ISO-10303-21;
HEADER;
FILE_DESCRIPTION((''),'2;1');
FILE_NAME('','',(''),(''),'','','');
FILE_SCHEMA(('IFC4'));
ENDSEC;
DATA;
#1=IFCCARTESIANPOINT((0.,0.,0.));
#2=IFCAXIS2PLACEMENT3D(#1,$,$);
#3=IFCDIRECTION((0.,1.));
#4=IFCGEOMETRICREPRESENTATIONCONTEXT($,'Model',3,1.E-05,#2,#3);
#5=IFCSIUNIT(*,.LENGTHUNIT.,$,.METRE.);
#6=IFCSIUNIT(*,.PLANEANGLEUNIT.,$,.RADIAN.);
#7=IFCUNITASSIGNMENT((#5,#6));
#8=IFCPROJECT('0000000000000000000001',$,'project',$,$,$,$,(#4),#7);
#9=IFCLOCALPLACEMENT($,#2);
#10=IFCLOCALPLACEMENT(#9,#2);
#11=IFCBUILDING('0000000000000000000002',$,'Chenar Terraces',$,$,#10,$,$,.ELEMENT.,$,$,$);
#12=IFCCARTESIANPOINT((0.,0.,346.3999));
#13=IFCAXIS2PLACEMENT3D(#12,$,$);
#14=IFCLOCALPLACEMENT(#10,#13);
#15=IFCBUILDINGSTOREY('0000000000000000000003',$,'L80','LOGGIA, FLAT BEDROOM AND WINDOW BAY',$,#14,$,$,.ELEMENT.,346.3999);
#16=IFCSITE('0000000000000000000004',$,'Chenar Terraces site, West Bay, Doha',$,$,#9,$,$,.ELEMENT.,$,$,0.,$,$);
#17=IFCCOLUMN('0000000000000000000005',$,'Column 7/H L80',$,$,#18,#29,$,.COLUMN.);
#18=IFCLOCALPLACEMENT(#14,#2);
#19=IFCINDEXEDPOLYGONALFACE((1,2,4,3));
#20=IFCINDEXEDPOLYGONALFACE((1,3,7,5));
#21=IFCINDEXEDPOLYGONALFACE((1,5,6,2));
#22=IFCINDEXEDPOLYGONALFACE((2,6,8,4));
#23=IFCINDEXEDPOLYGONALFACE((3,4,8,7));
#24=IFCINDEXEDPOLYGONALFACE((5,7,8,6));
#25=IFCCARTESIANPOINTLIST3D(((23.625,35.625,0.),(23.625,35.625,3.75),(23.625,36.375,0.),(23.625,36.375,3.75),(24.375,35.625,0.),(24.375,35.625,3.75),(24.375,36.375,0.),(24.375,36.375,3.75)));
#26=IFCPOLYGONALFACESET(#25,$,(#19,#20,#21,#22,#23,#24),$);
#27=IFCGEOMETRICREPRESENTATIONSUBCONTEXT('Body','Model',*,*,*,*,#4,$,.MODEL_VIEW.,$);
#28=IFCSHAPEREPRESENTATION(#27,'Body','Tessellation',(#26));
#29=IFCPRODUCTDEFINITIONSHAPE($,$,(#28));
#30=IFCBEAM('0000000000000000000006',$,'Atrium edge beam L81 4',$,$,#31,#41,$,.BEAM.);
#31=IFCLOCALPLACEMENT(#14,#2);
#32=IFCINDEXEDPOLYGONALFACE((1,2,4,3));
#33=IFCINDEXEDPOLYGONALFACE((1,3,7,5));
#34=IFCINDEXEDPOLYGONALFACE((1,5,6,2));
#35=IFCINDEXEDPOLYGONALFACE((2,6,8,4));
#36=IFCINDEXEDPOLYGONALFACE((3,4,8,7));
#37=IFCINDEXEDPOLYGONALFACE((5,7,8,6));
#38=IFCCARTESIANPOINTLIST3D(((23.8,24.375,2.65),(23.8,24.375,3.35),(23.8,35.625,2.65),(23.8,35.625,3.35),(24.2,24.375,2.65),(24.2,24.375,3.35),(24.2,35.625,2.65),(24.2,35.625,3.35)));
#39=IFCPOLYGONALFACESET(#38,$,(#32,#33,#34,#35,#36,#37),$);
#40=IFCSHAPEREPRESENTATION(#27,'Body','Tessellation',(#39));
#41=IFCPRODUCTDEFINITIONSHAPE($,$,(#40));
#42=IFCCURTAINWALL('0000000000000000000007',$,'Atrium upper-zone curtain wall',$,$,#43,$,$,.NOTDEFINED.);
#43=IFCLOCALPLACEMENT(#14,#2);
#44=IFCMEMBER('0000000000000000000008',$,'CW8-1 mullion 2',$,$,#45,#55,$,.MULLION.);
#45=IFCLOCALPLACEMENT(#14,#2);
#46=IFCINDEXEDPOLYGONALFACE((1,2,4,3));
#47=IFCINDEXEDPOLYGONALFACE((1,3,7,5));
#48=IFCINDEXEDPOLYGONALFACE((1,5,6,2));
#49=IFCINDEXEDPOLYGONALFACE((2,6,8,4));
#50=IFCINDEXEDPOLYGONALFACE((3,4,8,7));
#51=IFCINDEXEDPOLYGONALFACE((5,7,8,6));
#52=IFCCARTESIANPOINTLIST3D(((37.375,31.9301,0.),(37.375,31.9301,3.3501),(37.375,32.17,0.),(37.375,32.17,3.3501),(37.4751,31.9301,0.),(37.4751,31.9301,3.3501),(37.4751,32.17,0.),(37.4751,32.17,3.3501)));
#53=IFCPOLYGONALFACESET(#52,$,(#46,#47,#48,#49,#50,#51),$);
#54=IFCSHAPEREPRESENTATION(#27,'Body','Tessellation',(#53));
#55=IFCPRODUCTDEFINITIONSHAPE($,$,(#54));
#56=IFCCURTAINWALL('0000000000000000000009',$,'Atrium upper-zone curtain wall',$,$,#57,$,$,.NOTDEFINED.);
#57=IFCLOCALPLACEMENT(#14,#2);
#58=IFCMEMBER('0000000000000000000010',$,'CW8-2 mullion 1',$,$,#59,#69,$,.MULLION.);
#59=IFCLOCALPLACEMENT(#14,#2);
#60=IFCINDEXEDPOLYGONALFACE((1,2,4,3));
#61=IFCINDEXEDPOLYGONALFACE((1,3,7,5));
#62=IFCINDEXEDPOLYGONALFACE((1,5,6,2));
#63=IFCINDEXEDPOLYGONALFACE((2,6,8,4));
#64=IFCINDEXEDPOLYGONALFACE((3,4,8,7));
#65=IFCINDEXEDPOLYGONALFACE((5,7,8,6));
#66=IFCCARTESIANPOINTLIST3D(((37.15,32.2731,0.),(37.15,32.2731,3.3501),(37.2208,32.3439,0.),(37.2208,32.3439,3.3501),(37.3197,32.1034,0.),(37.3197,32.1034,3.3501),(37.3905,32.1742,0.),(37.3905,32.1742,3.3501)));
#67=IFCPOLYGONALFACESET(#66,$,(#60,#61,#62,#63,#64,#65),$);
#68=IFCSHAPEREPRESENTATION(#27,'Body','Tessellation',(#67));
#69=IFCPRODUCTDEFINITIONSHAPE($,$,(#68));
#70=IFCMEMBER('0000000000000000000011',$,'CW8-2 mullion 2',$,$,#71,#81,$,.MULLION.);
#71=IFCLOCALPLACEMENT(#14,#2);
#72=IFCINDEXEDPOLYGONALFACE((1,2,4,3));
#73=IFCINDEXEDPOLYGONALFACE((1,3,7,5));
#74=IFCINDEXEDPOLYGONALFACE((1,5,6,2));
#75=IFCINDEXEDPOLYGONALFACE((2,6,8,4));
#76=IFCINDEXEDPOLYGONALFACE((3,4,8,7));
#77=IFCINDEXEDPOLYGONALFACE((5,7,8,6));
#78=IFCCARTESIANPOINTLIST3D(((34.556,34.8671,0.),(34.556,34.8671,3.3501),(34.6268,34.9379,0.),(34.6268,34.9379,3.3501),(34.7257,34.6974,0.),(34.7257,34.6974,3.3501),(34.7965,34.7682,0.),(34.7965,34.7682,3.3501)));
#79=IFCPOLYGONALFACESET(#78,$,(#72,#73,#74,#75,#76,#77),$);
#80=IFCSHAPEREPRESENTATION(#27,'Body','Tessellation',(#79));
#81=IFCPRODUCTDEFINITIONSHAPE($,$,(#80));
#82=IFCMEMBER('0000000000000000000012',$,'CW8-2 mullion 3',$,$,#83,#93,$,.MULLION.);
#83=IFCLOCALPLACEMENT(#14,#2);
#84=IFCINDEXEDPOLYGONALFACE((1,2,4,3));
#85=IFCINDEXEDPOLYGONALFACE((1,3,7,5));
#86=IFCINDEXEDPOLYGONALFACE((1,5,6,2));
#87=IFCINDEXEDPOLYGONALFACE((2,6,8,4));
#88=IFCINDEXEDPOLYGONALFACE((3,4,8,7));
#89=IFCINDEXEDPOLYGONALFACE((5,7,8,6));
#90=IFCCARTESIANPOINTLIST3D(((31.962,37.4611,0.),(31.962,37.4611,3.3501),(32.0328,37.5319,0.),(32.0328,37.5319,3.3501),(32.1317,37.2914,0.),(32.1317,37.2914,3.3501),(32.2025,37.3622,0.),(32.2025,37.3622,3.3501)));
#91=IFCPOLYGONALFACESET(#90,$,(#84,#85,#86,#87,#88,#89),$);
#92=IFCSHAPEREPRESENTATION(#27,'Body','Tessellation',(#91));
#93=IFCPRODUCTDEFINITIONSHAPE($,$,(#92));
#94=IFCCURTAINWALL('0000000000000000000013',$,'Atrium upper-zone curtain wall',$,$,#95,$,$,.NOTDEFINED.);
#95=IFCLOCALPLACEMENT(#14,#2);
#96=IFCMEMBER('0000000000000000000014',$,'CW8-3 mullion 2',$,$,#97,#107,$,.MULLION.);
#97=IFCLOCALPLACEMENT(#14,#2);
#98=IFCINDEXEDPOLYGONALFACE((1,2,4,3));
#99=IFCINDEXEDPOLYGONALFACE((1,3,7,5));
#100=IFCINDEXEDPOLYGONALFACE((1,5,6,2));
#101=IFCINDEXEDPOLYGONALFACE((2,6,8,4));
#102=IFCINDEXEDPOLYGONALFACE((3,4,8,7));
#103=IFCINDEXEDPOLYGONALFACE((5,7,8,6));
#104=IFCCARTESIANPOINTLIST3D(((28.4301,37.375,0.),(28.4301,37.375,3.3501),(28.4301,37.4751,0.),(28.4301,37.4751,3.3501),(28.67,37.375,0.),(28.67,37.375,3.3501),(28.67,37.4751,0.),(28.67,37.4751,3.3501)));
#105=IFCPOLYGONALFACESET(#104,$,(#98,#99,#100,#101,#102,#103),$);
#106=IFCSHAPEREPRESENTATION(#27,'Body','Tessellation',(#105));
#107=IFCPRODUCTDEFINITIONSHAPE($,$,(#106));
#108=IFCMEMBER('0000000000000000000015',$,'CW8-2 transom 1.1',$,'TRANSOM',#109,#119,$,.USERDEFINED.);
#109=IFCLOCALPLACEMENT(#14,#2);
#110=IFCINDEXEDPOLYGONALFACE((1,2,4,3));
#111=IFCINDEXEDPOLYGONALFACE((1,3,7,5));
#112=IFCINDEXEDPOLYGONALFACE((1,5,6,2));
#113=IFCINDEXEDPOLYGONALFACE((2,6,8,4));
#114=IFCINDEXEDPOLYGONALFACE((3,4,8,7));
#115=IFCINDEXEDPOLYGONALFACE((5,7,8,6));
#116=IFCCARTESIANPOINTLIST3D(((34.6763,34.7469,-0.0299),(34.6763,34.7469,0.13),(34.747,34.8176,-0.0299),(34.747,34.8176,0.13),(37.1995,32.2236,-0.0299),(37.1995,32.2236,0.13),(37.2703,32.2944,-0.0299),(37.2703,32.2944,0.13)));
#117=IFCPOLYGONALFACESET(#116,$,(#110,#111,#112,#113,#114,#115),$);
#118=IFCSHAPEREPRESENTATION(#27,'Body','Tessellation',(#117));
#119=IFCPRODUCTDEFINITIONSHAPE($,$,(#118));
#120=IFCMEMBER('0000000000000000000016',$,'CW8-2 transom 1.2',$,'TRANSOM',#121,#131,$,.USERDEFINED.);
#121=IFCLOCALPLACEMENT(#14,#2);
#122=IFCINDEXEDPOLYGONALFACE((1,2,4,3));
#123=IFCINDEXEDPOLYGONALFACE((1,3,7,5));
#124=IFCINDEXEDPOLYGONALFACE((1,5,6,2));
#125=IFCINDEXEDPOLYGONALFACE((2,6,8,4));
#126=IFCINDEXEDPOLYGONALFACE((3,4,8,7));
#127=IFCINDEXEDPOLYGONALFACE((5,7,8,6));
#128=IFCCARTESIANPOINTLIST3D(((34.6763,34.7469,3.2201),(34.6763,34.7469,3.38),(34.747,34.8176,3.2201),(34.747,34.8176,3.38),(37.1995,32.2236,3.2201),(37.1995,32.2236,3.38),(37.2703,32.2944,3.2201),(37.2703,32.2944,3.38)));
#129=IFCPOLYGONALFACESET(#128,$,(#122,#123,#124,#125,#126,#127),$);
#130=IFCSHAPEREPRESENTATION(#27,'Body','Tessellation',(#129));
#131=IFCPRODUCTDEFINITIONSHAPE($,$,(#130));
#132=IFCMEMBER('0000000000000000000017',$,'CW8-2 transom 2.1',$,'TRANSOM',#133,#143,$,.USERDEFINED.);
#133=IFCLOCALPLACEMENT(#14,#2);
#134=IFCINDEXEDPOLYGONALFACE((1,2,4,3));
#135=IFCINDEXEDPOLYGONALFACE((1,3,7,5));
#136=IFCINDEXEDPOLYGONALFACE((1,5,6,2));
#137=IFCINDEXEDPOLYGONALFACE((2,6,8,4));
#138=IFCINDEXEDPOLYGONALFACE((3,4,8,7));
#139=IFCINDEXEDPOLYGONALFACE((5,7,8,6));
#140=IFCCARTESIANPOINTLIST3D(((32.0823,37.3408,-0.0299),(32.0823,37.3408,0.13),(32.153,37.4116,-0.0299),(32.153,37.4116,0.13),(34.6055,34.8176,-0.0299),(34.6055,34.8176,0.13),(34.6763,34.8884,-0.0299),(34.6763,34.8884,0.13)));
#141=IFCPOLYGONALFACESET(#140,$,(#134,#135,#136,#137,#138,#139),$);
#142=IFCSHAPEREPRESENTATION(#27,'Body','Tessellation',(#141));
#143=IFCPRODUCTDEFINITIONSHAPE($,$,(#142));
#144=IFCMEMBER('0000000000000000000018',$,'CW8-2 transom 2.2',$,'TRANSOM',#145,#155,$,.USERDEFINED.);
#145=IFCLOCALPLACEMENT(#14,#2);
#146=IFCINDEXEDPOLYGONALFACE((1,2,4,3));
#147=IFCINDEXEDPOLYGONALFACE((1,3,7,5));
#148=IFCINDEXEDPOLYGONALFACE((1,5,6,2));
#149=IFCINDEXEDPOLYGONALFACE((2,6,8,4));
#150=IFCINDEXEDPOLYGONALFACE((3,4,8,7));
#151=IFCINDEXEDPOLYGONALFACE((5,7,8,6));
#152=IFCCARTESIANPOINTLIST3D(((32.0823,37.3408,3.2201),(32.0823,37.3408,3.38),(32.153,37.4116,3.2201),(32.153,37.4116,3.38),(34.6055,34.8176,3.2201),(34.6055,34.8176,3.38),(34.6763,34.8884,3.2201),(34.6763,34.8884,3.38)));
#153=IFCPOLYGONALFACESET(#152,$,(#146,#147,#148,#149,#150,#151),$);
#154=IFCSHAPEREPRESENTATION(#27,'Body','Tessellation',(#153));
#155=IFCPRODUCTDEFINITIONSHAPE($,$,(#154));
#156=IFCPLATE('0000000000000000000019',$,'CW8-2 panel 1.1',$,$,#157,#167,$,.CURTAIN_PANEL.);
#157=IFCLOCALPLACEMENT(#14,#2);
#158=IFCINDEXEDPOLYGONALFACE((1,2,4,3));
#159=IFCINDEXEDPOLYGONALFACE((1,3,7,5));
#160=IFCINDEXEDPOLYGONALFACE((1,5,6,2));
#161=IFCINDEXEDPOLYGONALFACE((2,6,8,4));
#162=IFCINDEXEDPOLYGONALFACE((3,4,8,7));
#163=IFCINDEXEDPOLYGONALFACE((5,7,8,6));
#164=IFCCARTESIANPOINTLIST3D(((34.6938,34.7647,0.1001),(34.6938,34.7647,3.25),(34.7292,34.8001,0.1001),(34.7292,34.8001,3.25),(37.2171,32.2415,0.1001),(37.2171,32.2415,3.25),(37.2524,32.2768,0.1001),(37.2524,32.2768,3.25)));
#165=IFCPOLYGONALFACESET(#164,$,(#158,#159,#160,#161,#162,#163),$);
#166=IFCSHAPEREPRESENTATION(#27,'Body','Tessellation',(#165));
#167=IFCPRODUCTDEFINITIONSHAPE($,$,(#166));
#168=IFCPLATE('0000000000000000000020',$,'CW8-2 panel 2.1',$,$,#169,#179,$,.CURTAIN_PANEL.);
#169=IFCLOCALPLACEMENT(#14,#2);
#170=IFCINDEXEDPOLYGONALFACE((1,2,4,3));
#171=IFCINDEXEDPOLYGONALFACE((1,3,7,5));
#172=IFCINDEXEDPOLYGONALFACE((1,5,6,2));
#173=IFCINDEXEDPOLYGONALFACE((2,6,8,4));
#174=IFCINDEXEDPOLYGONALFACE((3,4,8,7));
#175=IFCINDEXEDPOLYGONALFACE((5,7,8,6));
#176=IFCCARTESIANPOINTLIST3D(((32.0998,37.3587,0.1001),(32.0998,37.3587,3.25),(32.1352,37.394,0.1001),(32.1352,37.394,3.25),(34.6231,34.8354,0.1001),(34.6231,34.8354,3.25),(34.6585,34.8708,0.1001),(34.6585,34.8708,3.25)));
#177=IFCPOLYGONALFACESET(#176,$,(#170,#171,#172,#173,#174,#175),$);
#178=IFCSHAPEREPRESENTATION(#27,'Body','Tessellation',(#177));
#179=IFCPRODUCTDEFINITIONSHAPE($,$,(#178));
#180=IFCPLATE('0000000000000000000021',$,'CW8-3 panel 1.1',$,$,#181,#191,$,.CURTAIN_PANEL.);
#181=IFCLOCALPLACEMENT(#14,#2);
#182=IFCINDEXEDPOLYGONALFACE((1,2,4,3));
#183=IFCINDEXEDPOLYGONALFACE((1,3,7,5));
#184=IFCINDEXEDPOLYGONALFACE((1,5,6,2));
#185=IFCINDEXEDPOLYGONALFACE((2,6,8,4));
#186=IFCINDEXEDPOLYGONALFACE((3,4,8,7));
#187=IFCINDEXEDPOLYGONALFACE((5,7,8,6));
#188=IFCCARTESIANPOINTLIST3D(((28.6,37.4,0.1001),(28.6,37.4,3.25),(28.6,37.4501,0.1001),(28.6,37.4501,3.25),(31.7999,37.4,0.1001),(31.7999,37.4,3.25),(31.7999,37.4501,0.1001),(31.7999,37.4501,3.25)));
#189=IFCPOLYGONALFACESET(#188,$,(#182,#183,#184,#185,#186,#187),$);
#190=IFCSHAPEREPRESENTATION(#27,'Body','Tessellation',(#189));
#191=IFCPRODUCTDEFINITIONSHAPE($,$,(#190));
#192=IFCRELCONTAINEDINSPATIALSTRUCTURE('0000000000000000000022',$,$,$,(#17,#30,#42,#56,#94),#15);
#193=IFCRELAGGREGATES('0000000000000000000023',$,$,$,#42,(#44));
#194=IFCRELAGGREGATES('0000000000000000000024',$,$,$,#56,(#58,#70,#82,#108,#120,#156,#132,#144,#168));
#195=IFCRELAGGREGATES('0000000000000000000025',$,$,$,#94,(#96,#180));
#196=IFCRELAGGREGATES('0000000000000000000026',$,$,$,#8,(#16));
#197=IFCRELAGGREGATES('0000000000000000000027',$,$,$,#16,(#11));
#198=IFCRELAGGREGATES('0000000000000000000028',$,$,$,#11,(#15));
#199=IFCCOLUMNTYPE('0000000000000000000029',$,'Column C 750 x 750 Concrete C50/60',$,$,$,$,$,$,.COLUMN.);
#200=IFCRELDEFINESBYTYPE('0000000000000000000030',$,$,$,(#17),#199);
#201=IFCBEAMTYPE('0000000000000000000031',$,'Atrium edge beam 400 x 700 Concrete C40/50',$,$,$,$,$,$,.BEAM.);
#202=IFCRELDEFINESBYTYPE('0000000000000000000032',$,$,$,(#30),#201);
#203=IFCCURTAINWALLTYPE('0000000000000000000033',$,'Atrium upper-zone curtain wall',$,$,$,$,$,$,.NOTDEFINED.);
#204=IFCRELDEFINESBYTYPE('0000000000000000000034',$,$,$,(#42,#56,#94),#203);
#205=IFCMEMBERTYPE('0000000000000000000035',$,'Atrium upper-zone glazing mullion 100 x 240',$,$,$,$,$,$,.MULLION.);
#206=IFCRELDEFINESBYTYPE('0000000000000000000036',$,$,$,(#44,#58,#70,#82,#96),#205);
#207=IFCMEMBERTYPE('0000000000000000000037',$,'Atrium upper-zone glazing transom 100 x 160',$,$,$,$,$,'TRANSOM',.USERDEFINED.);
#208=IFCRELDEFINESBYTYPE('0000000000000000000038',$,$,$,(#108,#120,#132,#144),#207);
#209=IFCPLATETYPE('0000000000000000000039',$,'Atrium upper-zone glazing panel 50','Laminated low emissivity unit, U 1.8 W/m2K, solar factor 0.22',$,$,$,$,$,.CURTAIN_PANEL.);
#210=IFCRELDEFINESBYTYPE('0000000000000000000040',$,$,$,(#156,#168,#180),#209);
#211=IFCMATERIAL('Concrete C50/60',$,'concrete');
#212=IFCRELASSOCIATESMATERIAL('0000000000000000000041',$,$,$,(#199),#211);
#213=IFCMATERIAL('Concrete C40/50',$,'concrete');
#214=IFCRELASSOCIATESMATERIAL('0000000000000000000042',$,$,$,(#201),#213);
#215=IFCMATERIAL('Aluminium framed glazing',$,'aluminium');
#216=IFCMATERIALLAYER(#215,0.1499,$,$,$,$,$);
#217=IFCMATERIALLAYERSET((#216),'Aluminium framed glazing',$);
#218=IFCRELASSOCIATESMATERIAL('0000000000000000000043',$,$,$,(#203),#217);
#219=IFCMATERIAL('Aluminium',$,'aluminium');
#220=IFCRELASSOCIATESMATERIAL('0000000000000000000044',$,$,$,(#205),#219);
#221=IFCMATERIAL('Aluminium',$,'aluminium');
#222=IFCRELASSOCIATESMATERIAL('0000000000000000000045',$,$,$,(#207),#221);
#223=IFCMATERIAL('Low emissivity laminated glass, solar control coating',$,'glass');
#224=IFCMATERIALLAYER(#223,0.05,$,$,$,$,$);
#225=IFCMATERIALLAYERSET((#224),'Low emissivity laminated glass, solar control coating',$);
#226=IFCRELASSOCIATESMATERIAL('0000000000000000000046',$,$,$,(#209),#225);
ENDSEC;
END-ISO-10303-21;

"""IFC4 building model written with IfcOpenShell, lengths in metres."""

from ifc_helpers import new_model, si_unit, direction, frame, origin, origin_2d, place, context, subcontext, project, spatial, rectangle, extrude, material, layer, layer_set, material_profile, profile_set, type_object, element, aggregate, save


model = new_model("IFC4")

# Units and contexts
model_context = context("Model", 3, precision=1e-05, world=origin(), true_north=direction((0.0, 1.0)))
body_context = subcontext(model_context, "Body", "Model", "MODEL_VIEW")
ifc_project = project(units=[si_unit("LENGTHUNIT", "METRE"), si_unit("PLANEANGLEUNIT", "RADIAN")], contexts=[model_context])

# Site, building, storey
site_placement = place(None, origin())
site = spatial("IfcSite", under=ifc_project, at=site_placement, Name="Chenar Terraces site, West Bay, Doha", CompositionType="ELEMENT", RefElevation=0.0)
building_placement = place(site_placement, origin())
building = spatial("IfcBuilding", under=site, at=building_placement, Name="Chenar Terraces", CompositionType="ELEMENT")
storey_placement = place(building_placement, frame((0.0, 0.0, 346.3999)))
storey = spatial("IfcBuildingStorey", under=building, at=storey_placement, Name="L80", Description="LOGGIA, FLAT BEDROOM AND WINDOW BAY", CompositionType="ELEMENT", Elevation=346.3999)

# Column
ifc_material_1 = material(Name="Concrete C50/60", Category="concrete")
ifc_material_profile_1 = material_profile(ifc_material_1, rectangle(XDim=0.75, YDim=0.75, at=origin_2d()), Name="C 750 x 750")
ifc_profile_set_1 = profile_set([ifc_material_profile_1], Name="Concrete C50/60")
column_type = type_object("IfcColumnType", Name="Column C 750 x 750 Concrete C50/60", PredefinedType="COLUMN", material=ifc_profile_set_1)
column_placement = place(storey_placement, frame((24.0, 36.0, 0.0), z_axis=(0.0, 0.0, 1.0), x_axis=(1.0, 0.0, 0.0)))
element("IfcColumn", 1, at=column_placement, inside=storey, type_object=column_type, Name="Column 7/H L80", PredefinedType="COLUMN", context=body_context, shape_type="SweptSolid", body=[
    extrude(rectangle(XDim=0.75, YDim=0.75, at=origin_2d()), origin(), (0.0, 0.0, 1.0), 3.75),
])

# Beam
ifc_material_2 = material(Name="Concrete C40/50", Category="concrete")
ifc_material_profile_2 = material_profile(ifc_material_2, rectangle(XDim=0.3999, YDim=0.7, at=origin_2d()), Name="RC 400 x 700")
ifc_profile_set_2 = profile_set([ifc_material_profile_2], Name="Concrete C40/50")
beam_type = type_object("IfcBeamType", Name="Atrium edge beam 400 x 700 Concrete C40/50", PredefinedType="BEAM", material=ifc_profile_set_2)
beam_placement = place(storey_placement, frame((24.0, 35.625, 3.0), z_axis=(0.0, -1.0, 0.0), x_axis=(1.0, 0.0, 0.0)))
element("IfcBeam", 2, at=beam_placement, inside=storey, type_object=beam_type, Name="Atrium edge beam L81 4", PredefinedType="BEAM", context=body_context, shape_type="SweptSolid", body=[
    extrude(rectangle(XDim=0.3999, YDim=0.7, at=origin_2d()), origin(), (0.0, 0.0, 1.0), 11.25),
])

# Curtain wall, member
ifc_material_3 = material(Name="Aluminium framed glazing", Category="aluminium")
ifc_layer_1 = layer(ifc_material_3, 0.1499)
ifc_layer_set_1 = layer_set([ifc_layer_1], Name="Aluminium framed glazing")
curtain_wall_type = type_object("IfcCurtainWallType", Name="Atrium upper-zone curtain wall", PredefinedType="NOTDEFINED", material=ifc_layer_set_1)
placement = place(storey_placement, origin())
curtain_wall_1 = element("IfcCurtainWall", 3, at=placement, inside=storey, type_object=curtain_wall_type, Name="Atrium upper-zone curtain wall", PredefinedType="NOTDEFINED")
ifc_material_4 = material(Name="Aluminium", Category="aluminium")
ifc_material_profile_3 = material_profile(ifc_material_4, rectangle(XDim=0.1001, YDim=0.24, at=origin_2d()), Name="Atrium upper-zone glazing mullion 100 x 240")
ifc_profile_set_3 = profile_set([ifc_material_profile_3], Name="Aluminium")
member_type_1 = type_object("IfcMemberType", Name="Atrium upper-zone glazing mullion 100 x 240", PredefinedType="MULLION", material=ifc_profile_set_3)
member_1_placement = place(storey_placement, frame((37.425, 32.05, 0.0), z_axis=(0.0, 0.0, 1.0), x_axis=(-1.0, 0.0, 0.0)))
member_1 = element("IfcMember", 4, at=member_1_placement, type_object=member_type_1, Name="CW8-1 mullion 2", PredefinedType="MULLION", context=body_context, shape_type="SweptSolid", body=[
    extrude(rectangle(XDim=0.1001, YDim=0.24, at=origin_2d()), origin(), (0.0, 0.0, 1.0), 3.3501),
])
aggregate(curtain_wall_1, [member_1])

# Curtain wall, members
curtain_wall_2 = element("IfcCurtainWall", 5, at=placement, inside=storey, type_object=curtain_wall_type, Name="Atrium upper-zone curtain wall", PredefinedType="NOTDEFINED")
member_2_placement = place(storey_placement, frame((37.2703, 32.2236, 0.0), z_axis=(0.0, 0.0, 1.0), x_axis=(-0.707107, -0.707107, 0.0)))
member_2 = element("IfcMember", 6, at=member_2_placement, type_object=member_type_1, Name="CW8-2 mullion 1", PredefinedType="MULLION", context=body_context, shape_type="SweptSolid", body=[
    extrude(rectangle(XDim=0.1001, YDim=0.24, at=origin_2d()), origin(), (0.0, 0.0, 1.0), 3.3501),
])
member_3_placement = place(storey_placement, frame((34.6763, 34.8176, 0.0), z_axis=(0.0, 0.0, 1.0), x_axis=(-0.707107, -0.707107, 0.0)))
member_3 = element("IfcMember", 7, at=member_3_placement, type_object=member_type_1, Name="CW8-2 mullion 2", PredefinedType="MULLION", context=body_context, shape_type="SweptSolid", body=[
    extrude(rectangle(XDim=0.1001, YDim=0.24, at=origin_2d()), origin(), (0.0, 0.0, 1.0), 3.3501),
])
member_4_placement = place(storey_placement, frame((32.0823, 37.4116, 0.0), z_axis=(0.0, 0.0, 1.0), x_axis=(-0.707107, -0.707107, 0.0)))
member_4 = element("IfcMember", 8, at=member_4_placement, type_object=member_type_1, Name="CW8-2 mullion 3", PredefinedType="MULLION", context=body_context, shape_type="SweptSolid", body=[
    extrude(rectangle(XDim=0.1001, YDim=0.24, at=origin_2d()), origin(), (0.0, 0.0, 1.0), 3.3501),
])

# Curtain wall, member
curtain_wall_3 = element("IfcCurtainWall", 9, at=placement, inside=storey, type_object=curtain_wall_type, Name="Atrium upper-zone curtain wall", PredefinedType="NOTDEFINED")
member_5_placement = place(storey_placement, frame((28.55, 37.425, 0.0), z_axis=(0.0, 0.0, 1.0), x_axis=(0.0, -1.0, 0.0)))
member_5 = element("IfcMember", 10, at=member_5_placement, type_object=member_type_1, Name="CW8-3 mullion 2", PredefinedType="MULLION", context=body_context, shape_type="SweptSolid", body=[
    extrude(rectangle(XDim=0.1001, YDim=0.24, at=origin_2d()), origin(), (0.0, 0.0, 1.0), 3.3501),
])

# Members
ifc_material_5 = material(Name="Aluminium", Category="aluminium")
ifc_material_profile_4 = material_profile(ifc_material_5, rectangle(XDim=0.1001, YDim=0.1599, at=origin_2d()), Name="Atrium upper-zone glazing transom 100 x 160")
ifc_profile_set_4 = profile_set([ifc_material_profile_4], Name="Aluminium")
member_type_2 = type_object("IfcMemberType", Name="Atrium upper-zone glazing transom 100 x 160", ElementType="TRANSOM", PredefinedType="USERDEFINED", material=ifc_profile_set_4)
member_6_placement = place(storey_placement, frame((37.2349, 32.259, 0.05), z_axis=(-0.707107, 0.707107, 0.0), x_axis=(-0.707107, -0.707107, 0.0)))
member_6 = element("IfcMember", 11, at=member_6_placement, type_object=member_type_2, Name="CW8-2 transom 1.1", ObjectType="TRANSOM", PredefinedType="USERDEFINED", context=body_context, shape_type="SweptSolid", body=[
    extrude(rectangle(XDim=0.1001, YDim=0.1599, at=origin_2d()), origin(), (0.0, 0.0, 1.0), 3.5684),
])
member_7_placement = place(storey_placement, frame((37.2349, 32.259, 3.3), z_axis=(-0.707107, 0.707107, 0.0), x_axis=(-0.707107, -0.707107, 0.0)))
member_7 = element("IfcMember", 12, at=member_7_placement, type_object=member_type_2, Name="CW8-2 transom 1.2", ObjectType="TRANSOM", PredefinedType="USERDEFINED", context=body_context, shape_type="SweptSolid", body=[
    extrude(rectangle(XDim=0.1001, YDim=0.1599, at=origin_2d()), origin(), (0.0, 0.0, 1.0), 3.5684),
])
member_8_placement = place(storey_placement, frame((34.6409, 34.853, 0.05), z_axis=(-0.707107, 0.707107, 0.0), x_axis=(-0.707107, -0.707107, 0.0)))
member_8 = element("IfcMember", 13, at=member_8_placement, type_object=member_type_2, Name="CW8-2 transom 2.1", ObjectType="TRANSOM", PredefinedType="USERDEFINED", context=body_context, shape_type="SweptSolid", body=[
    extrude(rectangle(XDim=0.1001, YDim=0.1599, at=origin_2d()), origin(), (0.0, 0.0, 1.0), 3.5684),
])
member_9_placement = place(storey_placement, frame((34.6409, 34.853, 3.3), z_axis=(-0.707107, 0.707107, 0.0), x_axis=(-0.707107, -0.707107, 0.0)))
member_9 = element("IfcMember", 14, at=member_9_placement, type_object=member_type_2, Name="CW8-2 transom 2.2", ObjectType="TRANSOM", PredefinedType="USERDEFINED", context=body_context, shape_type="SweptSolid", body=[
    extrude(rectangle(XDim=0.1001, YDim=0.1599, at=origin_2d()), origin(), (0.0, 0.0, 1.0), 3.5684),
])

# Plates
ifc_material_6 = material(Name="Low emissivity laminated glass, solar control coating", Category="glass")
ifc_layer_2 = layer(ifc_material_6, 0.05)
ifc_layer_set_2 = layer_set([ifc_layer_2], Name="Low emissivity laminated glass, solar control coating")
plate_type = type_object("IfcPlateType", Name="Atrium upper-zone glazing panel 50", Description="Laminated low emissivity unit, U 1.8 W/m2K, solar factor 0.22", PredefinedType="CURTAIN_PANEL", material=ifc_layer_set_2)
plate_1_placement = place(storey_placement, frame((35.9731, 33.5208, 0.1001), z_axis=(0.0, 0.0, 1.0), x_axis=(-0.707107, 0.707107, 0.0)))
plate_1 = element("IfcPlate", 15, at=plate_1_placement, type_object=plate_type, Name="CW8-2 panel 1.1", PredefinedType="CURTAIN_PANEL", context=body_context, shape_type="SweptSolid", body=[
    extrude(rectangle(XDim=3.5684, YDim=0.05, at=origin_2d()), origin(), (0.0, 0.0, 1.0), 3.1499),
])
plate_2_placement = place(storey_placement, frame((33.3792, 36.1147, 0.1001), z_axis=(0.0, 0.0, 1.0), x_axis=(-0.707107, 0.707107, 0.0)))
plate_2 = element("IfcPlate", 16, at=plate_2_placement, type_object=plate_type, Name="CW8-2 panel 2.1", PredefinedType="CURTAIN_PANEL", context=body_context, shape_type="SweptSolid", body=[
    extrude(rectangle(XDim=3.5684, YDim=0.05, at=origin_2d()), origin(), (0.0, 0.0, 1.0), 3.1499),
])
aggregate(curtain_wall_2, [member_2, member_3, member_4, member_6, member_7, plate_1, member_8, member_9, plate_2])
plate_3_placement = place(storey_placement, frame((30.2, 37.425, 0.1001), z_axis=(0.0, 0.0, 1.0), x_axis=(-1.0, 0.0, 0.0)))
plate_3 = element("IfcPlate", 17, at=plate_3_placement, type_object=plate_type, Name="CW8-3 panel 1.1", PredefinedType="CURTAIN_PANEL", context=body_context, shape_type="SweptSolid", body=[
    extrude(rectangle(XDim=3.2, YDim=0.05, at=origin_2d()), origin(), (0.0, 0.0, 1.0), 3.1499),
])
aggregate(curtain_wall_3, [member_5, plate_3])

save(model, "model.ifc")
